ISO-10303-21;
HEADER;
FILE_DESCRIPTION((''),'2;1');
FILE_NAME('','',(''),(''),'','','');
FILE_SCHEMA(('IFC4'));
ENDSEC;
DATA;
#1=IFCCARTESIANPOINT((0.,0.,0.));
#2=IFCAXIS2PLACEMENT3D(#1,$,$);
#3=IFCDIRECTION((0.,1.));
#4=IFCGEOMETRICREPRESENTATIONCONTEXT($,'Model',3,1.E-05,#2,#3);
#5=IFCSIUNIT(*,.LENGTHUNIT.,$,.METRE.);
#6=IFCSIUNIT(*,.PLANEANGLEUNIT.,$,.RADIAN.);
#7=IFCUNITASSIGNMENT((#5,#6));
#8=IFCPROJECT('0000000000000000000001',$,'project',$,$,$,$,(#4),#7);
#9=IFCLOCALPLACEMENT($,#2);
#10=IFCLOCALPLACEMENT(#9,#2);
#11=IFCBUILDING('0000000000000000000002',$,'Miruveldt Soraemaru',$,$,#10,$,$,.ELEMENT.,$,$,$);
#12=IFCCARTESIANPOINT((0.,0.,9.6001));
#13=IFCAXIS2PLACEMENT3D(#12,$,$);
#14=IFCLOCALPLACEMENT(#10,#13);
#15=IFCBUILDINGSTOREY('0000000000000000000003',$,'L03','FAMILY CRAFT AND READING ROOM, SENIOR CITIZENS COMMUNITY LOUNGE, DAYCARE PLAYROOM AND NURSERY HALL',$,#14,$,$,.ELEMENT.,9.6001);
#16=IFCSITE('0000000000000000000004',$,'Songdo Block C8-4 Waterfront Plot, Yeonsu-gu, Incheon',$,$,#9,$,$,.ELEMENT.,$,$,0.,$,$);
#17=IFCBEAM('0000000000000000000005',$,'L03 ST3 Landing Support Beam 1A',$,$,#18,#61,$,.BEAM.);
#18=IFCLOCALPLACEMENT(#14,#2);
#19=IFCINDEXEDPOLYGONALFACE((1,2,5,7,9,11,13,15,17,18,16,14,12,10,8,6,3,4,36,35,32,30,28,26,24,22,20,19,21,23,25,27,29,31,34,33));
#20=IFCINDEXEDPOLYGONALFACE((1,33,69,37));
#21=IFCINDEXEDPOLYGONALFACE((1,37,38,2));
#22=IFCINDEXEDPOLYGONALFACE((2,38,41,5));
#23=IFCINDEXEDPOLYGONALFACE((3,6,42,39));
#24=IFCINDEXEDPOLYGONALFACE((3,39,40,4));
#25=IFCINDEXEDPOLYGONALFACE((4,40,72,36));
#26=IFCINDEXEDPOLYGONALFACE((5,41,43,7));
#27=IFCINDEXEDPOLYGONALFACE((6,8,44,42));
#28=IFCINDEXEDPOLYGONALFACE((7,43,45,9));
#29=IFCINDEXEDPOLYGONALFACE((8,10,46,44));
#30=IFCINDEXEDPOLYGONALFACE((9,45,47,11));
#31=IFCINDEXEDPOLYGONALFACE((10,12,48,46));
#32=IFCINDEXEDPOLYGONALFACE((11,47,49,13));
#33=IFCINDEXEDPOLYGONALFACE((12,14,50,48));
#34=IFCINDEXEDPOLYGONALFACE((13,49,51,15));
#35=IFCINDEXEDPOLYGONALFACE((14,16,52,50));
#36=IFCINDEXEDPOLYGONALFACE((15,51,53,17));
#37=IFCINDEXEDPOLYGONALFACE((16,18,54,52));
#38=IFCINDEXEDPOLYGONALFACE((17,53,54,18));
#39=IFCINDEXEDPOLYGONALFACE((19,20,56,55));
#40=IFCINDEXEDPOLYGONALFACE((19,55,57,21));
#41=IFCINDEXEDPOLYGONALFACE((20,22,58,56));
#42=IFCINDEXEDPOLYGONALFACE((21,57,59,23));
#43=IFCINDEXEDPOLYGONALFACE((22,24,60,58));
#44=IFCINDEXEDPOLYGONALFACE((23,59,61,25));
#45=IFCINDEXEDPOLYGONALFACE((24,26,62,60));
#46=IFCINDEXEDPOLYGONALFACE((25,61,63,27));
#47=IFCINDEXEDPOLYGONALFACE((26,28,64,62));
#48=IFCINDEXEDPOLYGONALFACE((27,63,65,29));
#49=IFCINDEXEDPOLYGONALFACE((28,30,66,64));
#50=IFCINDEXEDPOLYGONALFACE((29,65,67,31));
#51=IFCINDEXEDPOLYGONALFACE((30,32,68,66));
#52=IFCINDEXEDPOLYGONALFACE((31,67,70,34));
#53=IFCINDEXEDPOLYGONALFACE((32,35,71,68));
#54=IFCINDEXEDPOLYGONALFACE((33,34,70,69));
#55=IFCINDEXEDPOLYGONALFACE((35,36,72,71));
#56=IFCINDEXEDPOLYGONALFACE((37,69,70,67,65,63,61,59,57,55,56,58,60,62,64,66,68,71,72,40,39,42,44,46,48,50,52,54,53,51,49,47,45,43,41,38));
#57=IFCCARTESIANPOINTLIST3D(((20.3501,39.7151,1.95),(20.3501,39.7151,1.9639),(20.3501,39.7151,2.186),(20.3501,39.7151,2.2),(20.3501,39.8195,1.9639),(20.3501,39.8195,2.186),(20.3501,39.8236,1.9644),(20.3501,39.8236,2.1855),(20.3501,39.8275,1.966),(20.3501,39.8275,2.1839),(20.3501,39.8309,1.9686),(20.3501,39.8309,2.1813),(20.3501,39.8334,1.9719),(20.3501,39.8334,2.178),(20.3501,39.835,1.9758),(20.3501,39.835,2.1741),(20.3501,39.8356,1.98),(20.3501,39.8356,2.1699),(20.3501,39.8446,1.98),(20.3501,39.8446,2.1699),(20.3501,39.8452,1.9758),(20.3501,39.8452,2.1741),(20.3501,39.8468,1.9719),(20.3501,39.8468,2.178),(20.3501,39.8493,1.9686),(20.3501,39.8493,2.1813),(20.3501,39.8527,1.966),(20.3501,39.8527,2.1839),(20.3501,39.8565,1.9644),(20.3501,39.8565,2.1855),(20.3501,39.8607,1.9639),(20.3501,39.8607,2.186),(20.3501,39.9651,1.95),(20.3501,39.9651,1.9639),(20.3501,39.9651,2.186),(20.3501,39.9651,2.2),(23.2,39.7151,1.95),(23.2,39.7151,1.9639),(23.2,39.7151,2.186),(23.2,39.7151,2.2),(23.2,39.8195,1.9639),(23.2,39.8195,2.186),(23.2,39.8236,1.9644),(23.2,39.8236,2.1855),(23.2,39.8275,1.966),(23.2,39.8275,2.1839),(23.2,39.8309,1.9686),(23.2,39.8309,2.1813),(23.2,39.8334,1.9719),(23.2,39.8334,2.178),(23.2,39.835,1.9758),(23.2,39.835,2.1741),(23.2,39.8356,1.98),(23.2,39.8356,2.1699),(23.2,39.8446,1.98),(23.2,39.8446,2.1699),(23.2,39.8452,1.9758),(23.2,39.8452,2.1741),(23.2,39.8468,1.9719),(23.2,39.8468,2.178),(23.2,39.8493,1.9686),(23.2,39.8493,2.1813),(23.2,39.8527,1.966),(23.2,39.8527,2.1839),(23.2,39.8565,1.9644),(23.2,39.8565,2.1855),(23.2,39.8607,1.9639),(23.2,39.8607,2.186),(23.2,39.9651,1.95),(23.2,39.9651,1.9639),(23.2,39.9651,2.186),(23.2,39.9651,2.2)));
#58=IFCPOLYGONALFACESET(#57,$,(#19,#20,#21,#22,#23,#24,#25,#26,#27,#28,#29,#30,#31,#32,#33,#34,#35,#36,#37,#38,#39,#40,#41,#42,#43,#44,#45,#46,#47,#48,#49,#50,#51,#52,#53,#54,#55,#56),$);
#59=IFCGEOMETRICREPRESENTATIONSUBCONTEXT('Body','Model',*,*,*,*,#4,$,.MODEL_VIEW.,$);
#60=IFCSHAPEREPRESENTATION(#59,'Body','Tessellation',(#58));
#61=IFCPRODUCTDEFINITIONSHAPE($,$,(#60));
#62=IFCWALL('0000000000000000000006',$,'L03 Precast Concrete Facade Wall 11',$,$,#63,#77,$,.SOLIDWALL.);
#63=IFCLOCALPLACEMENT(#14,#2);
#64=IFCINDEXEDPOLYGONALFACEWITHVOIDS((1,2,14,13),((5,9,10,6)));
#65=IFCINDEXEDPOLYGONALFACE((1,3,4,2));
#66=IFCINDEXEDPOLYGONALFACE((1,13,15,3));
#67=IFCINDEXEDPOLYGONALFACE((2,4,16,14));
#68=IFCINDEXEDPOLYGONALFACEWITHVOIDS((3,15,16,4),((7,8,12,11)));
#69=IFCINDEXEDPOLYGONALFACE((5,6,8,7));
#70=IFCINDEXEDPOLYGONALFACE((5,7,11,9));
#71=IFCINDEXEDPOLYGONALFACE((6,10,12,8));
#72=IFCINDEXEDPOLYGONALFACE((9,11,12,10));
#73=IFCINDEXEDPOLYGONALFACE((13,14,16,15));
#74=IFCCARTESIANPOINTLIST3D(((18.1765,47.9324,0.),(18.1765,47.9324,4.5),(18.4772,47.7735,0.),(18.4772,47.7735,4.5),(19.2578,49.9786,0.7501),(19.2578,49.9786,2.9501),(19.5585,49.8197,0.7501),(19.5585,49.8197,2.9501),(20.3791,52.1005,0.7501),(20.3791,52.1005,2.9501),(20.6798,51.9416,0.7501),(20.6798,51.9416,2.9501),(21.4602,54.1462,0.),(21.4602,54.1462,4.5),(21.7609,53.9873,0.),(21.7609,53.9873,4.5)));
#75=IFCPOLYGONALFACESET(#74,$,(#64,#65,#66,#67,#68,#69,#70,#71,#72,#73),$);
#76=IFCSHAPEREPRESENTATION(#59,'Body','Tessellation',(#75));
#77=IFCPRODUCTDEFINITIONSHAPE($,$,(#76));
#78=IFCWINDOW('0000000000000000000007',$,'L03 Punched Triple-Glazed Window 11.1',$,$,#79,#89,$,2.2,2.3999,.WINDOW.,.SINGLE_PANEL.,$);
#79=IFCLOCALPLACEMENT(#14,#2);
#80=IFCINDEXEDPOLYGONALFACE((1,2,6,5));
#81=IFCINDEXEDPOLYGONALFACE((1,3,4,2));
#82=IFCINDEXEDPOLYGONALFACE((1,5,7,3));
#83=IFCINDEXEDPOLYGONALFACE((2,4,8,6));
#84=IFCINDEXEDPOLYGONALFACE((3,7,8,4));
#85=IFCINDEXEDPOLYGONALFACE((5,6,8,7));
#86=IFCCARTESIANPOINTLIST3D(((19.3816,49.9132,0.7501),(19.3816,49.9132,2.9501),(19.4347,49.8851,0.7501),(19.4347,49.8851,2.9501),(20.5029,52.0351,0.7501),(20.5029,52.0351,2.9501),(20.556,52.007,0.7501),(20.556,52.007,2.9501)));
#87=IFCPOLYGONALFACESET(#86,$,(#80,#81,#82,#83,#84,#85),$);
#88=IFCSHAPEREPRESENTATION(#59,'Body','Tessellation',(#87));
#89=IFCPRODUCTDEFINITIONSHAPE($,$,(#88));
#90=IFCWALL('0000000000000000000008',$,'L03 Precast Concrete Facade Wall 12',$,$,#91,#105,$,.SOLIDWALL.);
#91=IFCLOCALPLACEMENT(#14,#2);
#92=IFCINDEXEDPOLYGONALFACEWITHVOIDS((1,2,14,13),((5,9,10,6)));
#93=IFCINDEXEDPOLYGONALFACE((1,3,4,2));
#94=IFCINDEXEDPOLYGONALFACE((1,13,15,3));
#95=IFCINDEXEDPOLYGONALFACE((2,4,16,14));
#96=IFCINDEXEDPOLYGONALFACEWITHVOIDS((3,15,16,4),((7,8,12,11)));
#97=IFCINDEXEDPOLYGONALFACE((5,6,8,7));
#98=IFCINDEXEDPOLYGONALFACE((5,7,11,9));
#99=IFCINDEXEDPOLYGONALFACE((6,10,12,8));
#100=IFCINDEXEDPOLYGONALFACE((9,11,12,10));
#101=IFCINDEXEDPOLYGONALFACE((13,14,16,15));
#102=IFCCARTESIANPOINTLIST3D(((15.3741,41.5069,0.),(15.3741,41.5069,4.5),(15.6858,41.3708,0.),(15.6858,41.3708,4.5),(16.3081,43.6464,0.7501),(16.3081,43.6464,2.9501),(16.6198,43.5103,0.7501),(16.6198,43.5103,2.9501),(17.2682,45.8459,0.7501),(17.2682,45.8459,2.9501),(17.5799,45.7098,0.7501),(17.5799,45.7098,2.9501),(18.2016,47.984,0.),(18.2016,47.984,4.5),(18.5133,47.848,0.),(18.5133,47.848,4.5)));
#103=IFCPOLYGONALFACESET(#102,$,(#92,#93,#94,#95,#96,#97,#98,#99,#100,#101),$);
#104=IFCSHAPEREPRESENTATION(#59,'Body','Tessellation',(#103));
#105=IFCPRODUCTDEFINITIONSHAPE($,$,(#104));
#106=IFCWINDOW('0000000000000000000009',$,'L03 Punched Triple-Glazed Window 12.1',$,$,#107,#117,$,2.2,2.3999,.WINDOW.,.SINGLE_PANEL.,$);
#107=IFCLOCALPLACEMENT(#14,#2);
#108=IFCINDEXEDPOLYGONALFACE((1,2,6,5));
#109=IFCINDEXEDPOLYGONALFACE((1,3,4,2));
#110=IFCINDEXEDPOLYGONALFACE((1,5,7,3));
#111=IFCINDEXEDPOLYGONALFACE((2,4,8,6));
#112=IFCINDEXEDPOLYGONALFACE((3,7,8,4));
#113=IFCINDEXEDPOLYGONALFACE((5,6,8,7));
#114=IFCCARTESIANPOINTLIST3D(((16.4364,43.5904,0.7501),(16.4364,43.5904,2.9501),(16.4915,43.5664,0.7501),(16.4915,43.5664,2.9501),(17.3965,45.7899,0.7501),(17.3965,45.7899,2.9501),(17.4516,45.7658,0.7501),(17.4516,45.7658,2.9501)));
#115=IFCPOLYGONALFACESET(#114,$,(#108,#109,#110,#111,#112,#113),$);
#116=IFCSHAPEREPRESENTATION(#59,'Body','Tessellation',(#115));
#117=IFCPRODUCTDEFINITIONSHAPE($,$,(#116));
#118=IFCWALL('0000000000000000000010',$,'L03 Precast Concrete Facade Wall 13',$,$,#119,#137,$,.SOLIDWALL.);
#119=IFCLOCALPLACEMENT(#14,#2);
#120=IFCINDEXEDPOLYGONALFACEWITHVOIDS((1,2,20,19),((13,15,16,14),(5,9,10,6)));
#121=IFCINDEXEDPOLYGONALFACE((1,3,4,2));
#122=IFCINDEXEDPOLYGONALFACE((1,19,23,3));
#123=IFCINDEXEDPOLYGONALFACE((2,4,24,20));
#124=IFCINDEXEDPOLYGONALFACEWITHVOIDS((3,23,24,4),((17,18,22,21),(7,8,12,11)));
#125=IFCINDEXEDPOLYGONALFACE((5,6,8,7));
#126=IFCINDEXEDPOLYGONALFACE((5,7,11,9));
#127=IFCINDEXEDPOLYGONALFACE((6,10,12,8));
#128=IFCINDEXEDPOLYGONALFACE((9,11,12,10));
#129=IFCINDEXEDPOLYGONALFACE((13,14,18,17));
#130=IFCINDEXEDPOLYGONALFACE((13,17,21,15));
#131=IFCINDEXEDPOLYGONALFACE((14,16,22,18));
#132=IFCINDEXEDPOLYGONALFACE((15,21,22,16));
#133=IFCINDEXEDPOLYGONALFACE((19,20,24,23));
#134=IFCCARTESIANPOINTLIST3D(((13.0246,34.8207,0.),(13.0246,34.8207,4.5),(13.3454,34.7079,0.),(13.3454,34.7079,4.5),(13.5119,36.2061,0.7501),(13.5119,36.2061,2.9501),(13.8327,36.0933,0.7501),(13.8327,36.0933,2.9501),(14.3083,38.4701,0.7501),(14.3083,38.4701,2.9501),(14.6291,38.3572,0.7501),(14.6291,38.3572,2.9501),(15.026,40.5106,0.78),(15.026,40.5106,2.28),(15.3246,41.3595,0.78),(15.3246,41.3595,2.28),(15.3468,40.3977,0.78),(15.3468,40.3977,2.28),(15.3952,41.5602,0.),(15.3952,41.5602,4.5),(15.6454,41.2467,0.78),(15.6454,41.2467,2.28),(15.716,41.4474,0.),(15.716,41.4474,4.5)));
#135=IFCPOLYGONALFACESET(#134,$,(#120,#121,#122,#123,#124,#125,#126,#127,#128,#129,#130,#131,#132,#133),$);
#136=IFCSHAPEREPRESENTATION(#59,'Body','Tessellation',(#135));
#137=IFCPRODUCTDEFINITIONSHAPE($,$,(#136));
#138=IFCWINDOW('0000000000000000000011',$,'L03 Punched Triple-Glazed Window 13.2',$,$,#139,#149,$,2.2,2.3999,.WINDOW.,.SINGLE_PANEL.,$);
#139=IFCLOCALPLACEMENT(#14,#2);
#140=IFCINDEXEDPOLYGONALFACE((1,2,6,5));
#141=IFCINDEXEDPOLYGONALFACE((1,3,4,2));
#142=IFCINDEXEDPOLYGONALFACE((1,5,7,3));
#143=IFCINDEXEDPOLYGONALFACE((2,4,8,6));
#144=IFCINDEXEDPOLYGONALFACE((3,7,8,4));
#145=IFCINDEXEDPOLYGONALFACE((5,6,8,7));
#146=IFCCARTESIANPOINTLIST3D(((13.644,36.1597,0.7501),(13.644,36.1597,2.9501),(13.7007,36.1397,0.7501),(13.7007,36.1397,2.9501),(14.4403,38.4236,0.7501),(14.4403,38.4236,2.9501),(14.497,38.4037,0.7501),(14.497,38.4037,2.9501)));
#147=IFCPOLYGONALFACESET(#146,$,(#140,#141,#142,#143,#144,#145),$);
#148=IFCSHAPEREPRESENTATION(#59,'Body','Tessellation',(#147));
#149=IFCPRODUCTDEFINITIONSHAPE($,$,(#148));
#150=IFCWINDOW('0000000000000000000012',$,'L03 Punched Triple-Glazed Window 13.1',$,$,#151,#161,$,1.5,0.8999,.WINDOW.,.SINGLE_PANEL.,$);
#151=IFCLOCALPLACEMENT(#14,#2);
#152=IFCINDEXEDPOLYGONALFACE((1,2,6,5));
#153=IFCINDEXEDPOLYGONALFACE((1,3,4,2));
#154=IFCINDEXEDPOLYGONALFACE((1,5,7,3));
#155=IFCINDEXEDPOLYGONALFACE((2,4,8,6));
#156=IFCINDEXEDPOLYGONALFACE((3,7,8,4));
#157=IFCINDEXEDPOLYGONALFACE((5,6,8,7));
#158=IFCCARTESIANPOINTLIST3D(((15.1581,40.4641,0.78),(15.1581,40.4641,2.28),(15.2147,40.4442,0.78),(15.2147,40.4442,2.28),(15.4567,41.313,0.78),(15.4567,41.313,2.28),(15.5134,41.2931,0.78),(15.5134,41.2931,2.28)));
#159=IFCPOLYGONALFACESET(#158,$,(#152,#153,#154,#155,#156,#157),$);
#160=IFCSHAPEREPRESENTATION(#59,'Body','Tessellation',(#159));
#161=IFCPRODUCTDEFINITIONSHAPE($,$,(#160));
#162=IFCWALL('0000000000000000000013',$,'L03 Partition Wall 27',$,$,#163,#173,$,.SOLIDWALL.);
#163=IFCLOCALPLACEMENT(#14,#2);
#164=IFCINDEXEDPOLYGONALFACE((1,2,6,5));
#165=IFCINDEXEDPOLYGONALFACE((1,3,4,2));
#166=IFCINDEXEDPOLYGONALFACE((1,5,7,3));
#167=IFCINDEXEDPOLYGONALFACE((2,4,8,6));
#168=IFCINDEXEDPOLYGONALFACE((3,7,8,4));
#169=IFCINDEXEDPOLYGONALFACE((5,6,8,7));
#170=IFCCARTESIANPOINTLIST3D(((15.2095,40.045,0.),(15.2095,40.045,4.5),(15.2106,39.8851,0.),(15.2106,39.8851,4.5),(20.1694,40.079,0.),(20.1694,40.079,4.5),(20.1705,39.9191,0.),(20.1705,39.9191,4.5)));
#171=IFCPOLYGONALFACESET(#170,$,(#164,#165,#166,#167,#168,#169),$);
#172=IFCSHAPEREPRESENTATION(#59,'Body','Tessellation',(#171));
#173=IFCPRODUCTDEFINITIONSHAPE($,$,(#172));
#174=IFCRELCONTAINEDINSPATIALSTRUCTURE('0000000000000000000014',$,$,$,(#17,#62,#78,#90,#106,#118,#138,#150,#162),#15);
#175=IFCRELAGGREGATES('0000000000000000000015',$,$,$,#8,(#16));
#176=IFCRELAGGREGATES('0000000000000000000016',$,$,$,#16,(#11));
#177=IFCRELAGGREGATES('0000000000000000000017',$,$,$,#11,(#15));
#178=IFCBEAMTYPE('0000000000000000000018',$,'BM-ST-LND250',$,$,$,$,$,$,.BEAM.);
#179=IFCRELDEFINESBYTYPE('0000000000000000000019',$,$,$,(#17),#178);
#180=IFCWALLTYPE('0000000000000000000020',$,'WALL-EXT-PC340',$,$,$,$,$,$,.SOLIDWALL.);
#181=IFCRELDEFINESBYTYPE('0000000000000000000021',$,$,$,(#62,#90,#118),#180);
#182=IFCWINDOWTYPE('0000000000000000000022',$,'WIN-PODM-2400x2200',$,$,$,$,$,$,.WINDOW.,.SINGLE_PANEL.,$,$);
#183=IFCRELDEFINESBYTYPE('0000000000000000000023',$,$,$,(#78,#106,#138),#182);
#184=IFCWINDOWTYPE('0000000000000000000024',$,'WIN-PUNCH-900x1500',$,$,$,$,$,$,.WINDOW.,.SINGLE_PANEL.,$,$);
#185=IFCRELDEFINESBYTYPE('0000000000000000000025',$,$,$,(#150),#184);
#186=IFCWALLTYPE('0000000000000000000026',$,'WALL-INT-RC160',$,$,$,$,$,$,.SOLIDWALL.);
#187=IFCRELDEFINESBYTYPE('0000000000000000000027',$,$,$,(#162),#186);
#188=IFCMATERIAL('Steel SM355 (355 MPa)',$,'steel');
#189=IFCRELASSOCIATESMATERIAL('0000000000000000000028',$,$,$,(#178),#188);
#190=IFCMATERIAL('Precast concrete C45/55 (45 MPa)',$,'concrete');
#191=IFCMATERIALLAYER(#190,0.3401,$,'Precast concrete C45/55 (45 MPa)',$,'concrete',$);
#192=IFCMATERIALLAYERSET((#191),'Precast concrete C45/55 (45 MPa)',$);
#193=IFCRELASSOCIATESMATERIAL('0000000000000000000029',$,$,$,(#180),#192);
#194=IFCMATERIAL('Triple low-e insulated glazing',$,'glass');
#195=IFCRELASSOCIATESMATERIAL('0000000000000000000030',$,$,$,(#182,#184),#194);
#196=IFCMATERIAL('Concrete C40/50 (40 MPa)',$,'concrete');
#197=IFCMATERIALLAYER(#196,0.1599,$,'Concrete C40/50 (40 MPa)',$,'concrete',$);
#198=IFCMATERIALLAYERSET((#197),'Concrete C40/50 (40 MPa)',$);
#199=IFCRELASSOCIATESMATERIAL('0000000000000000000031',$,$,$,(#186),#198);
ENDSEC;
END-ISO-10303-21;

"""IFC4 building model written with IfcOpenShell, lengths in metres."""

from ifc_helpers import new_model, si_unit, direction, frame, frame_2d, origin, origin_2d, place, context, subcontext, project, spatial, rectangle, i_section, extrude, material, layer, layer_set, material_profile, profile_set, type_object, element, fill, save


model = new_model("IFC4")

# Units and contexts
model_context = context("Model", 3, precision=1e-05, world=origin(), true_north=direction((0.0, 1.0)))
body_context = subcontext(model_context, "Body", "Model", "MODEL_VIEW")
ifc_project = project(units=[si_unit("LENGTHUNIT", "METRE"), si_unit("PLANEANGLEUNIT", "RADIAN")], contexts=[model_context])

# Site, building, storey
site_placement = place(None, origin())
site = spatial("IfcSite", under=ifc_project, at=site_placement, Name="Songdo Block C8-4 Waterfront Plot, Yeonsu-gu, Incheon", CompositionType="ELEMENT", RefElevation=0.0)
building_placement = place(site_placement, origin())
building = spatial("IfcBuilding", under=site, at=building_placement, Name="Miruveldt Soraemaru", CompositionType="ELEMENT")
storey_placement = place(building_placement, frame((0.0, 0.0, 9.6001)))
storey = spatial("IfcBuildingStorey", under=building, at=storey_placement, Name="L03", Description="FAMILY CRAFT AND READING ROOM, SENIOR CITIZENS COMMUNITY LOUNGE, DAYCARE PLAYROOM AND NURSERY HALL", CompositionType="ELEMENT", Elevation=9.6001)

# Shared definitions
ifc_material_1 = material(Name="Steel SM355 (355 MPa)", Category="steel")

# Beam
ifc_material_2 = material(Name="Concrete C40/50 (40 MPa)", Category="concrete")
ifc_material_profile_1 = material_profile(ifc_material_1, i_section(OverallWidth=0.25, OverallDepth=0.25, WebThickness=0.009, FlangeThickness=0.0139, FilletRadius=0.0161, at=origin_2d()), Name="Steel SM355 (355 MPa)", Category="steel")
ifc_profile_set_1 = profile_set([ifc_material_profile_1], Name="Steel SM355 (355 MPa)")
beam_type_1 = type_object("IfcBeamType", Name="BM-ST-LND250", PredefinedType="BEAM", material=ifc_profile_set_1)
beam_1_placement = place(storey_placement, frame((20.3501, 39.8401, 2.075), z_axis=(1.0, 0.0, 0.0), x_axis=(0.0, 1.0, 0.0)))
element("IfcBeam", 1, at=beam_1_placement, inside=storey, type_object=beam_type_1, Name="L03 ST3 Landing Support Beam 1A", PredefinedType="BEAM", context=body_context, shape_type="SweptSolid", body=[
    extrude(i_section(OverallWidth=0.25, OverallDepth=0.25, WebThickness=0.009, FlangeThickness=0.0139, FilletRadius=0.0161, at=origin_2d()), origin(), (0.0, 0.0, 1.0), 2.8499),
])

# Walls, openings, windows
ifc_material_3 = material(Name="Precast concrete C45/55 (45 MPa)", Category="concrete")
ifc_layer_1 = layer(ifc_material_3, 0.3401, Name="Precast concrete C45/55 (45 MPa)", Category="concrete")
ifc_layer_set_1 = layer_set([ifc_layer_1], Name="Precast concrete C45/55 (45 MPa)")
wall_type_1 = type_object("IfcWallType", Name="WALL-EXT-PC340", PredefinedType="SOLIDWALL", material=ifc_layer_set_1)
wall_1_placement = place(storey_placement, frame((21.6106, 54.0669, 0.0), z_axis=(0.0, 0.0, 1.0), x_axis=(-0.46722, -0.884141, 0.0)))
wall_1 = element("IfcWall", 2, at=wall_1_placement, inside=storey, type_object=wall_type_1, Name="L03 Precast Concrete Facade Wall 11", PredefinedType="SOLIDWALL", context=body_context, shape_type="SweptSolid", body=[
    extrude(rectangle(XDim=7.0281, YDim=0.3401, at=frame_2d((3.5142, 0.0))), origin(), (0.0, 0.0, 1.0), 4.5),
])
opening_1_placement = place(wall_1_placement, frame((2.314, 0.0, 0.75)))
opening_1 = element("IfcOpeningElement", 3, at=opening_1_placement, cuts=wall_1, PredefinedType="OPENING", context=body_context, shape_type="SweptSolid", body=[
    extrude(rectangle(XDim=2.3999, YDim=2.2, at=frame_2d((1.2, 1.1001))), frame((0.0, 0.1802, 0.0), z_axis=(0.0, -1.0, 0.0), x_axis=(1.0, 0.0, 0.0)), (0.0, 0.0, 1.0), 0.3601),
])
ifc_material_4 = material(Name="Triple low-e insulated glazing", Category="glass")
window_type_1 = type_object("IfcWindowType", Name="WIN-PODM-2400x2200", PartitioningType="SINGLE_PANEL", PredefinedType="WINDOW", material=ifc_material_4)
window_1_placement = place(opening_1_placement, origin())
window_1 = element("IfcWindow", 4, at=window_1_placement, inside=storey, type_object=window_type_1, Name="L03 Punched Triple-Glazed Window 11.1", OverallHeight=2.2, OverallWidth=2.3999, PartitioningType="SINGLE_PANEL", PredefinedType="WINDOW", context=body_context, shape_type="SweptSolid", body=[
    extrude(rectangle(XDim=2.3999, YDim=2.2, at=frame_2d((1.2, 1.1001))), frame((0.0, 0.03, 0.0), z_axis=(0.0, -1.0, 0.0), x_axis=(1.0, 0.0, 0.0)), (0.0, 0.0, 1.0), 0.0601),
])
fill(opening_1, window_1)
wall_2_placement = place(storey_placement, frame((18.3574, 47.916, 0.0), z_axis=(0.0, 0.0, 1.0), x_axis=(-0.400068, -0.916485, 0.0)))
wall_2 = element("IfcWall", 5, at=wall_2_placement, inside=storey, type_object=wall_type_1, Name="L03 Precast Concrete Facade Wall 12", PredefinedType="SOLIDWALL", context=body_context, shape_type="SweptSolid", body=[
    extrude(rectangle(XDim=7.0674, YDim=0.3401, at=frame_2d((3.5337, 0.0))), origin(), (0.0, 0.0, 1.0), 4.5),
])
opening_2_placement = place(wall_2_placement, frame((2.333, 0.0, 0.75)))
opening_2 = element("IfcOpeningElement", 6, at=opening_2_placement, cuts=wall_2, PredefinedType="OPENING", context=body_context, shape_type="SweptSolid", body=[
    extrude(rectangle(XDim=2.3999, YDim=2.2, at=frame_2d((1.2, 1.1001))), frame((0.0, 0.1802, 0.0), z_axis=(0.0, -1.0, 0.0), x_axis=(1.0, 0.0, 0.0)), (0.0, 0.0, 1.0), 0.3601),
])
window_2_placement = place(opening_2_placement, origin())
window_2 = element("IfcWindow", 7, at=window_2_placement, inside=storey, type_object=window_type_1, Name="L03 Punched Triple-Glazed Window 12.1", OverallHeight=2.2, OverallWidth=2.3999, PartitioningType="SINGLE_PANEL", PredefinedType="WINDOW", context=body_context, shape_type="SweptSolid", body=[
    extrude(rectangle(XDim=2.3999, YDim=2.2, at=frame_2d((1.2, 1.1001))), frame((0.0, 0.03, 0.0), z_axis=(0.0, -1.0, 0.0), x_axis=(1.0, 0.0, 0.0)), (0.0, 0.0, 1.0), 0.0601),
])
fill(opening_2, window_2)

# Wall, openings, windows
wall_3_placement = place(storey_placement, frame((15.5557, 41.5039, 0.0), z_axis=(0.0, 0.0, 1.0), x_axis=(-0.331819, -0.943343, 0.0)))
wall_3 = element("IfcWall", 8, at=wall_3_placement, inside=storey, type_object=wall_type_1, Name="L03 Precast Concrete Facade Wall 13", PredefinedType="SOLIDWALL", context=body_context, shape_type="SweptSolid", body=[
    extrude(rectangle(XDim=7.1443, YDim=0.3401, at=frame_2d((3.5723, 0.0))), origin(), (0.0, 0.0, 1.0), 4.5),
])
opening_3_placement = place(wall_3_placement, frame((0.2129, 0.0, 0.78)))
opening_3 = element("IfcOpeningElement", 9, at=opening_3_placement, cuts=wall_3, PredefinedType="OPENING", context=body_context, shape_type="SweptSolid", body=[
    extrude(rectangle(XDim=0.8999, YDim=1.5, at=frame_2d((0.45, 0.75))), frame((0.0, 0.1802, 0.0), z_axis=(0.0, -1.0, 0.0), x_axis=(1.0, 0.0, 0.0)), (0.0, 0.0, 1.0), 0.3601),
])
opening_4_placement = place(wall_3_placement, frame((3.2759, 0.0, 0.75)))
opening_4 = element("IfcOpeningElement", 10, at=opening_4_placement, cuts=wall_3, PredefinedType="OPENING", context=body_context, shape_type="SweptSolid", body=[
    extrude(rectangle(XDim=2.3999, YDim=2.2, at=frame_2d((1.2, 1.1001))), frame((0.0, 0.1802, 0.0), z_axis=(0.0, -1.0, 0.0), x_axis=(1.0, 0.0, 0.0)), (0.0, 0.0, 1.0), 0.3601),
])
window_3_placement = place(opening_4_placement, origin())
window_3 = element("IfcWindow", 11, at=window_3_placement, inside=storey, type_object=window_type_1, Name="L03 Punched Triple-Glazed Window 13.2", OverallHeight=2.2, OverallWidth=2.3999, PartitioningType="SINGLE_PANEL", PredefinedType="WINDOW", context=body_context, shape_type="SweptSolid", body=[
    extrude(rectangle(XDim=2.3999, YDim=2.2, at=frame_2d((1.2, 1.1001))), frame((0.0, 0.03, 0.0), z_axis=(0.0, -1.0, 0.0), x_axis=(1.0, 0.0, 0.0)), (0.0, 0.0, 1.0), 0.0601),
])
fill(opening_4, window_3)
window_type_2 = type_object("IfcWindowType", Name="WIN-PUNCH-900x1500", PartitioningType="SINGLE_PANEL", PredefinedType="WINDOW", material=ifc_material_4)
window_4_placement = place(opening_3_placement, origin())
window_4 = element("IfcWindow", 12, at=window_4_placement, inside=storey, type_object=window_type_2, Name="L03 Punched Triple-Glazed Window 13.1", OverallHeight=1.5, OverallWidth=0.8999, PartitioningType="SINGLE_PANEL", PredefinedType="WINDOW", context=body_context, shape_type="SweptSolid", body=[
    extrude(rectangle(XDim=0.8999, YDim=1.5, at=frame_2d((0.45, 0.75))), frame((0.0, 0.03, 0.0), z_axis=(0.0, -1.0, 0.0), x_axis=(1.0, 0.0, 0.0)), (0.0, 0.0, 1.0), 0.0601),
])
fill(opening_3, window_4)

# Wall
ifc_layer_2 = layer(ifc_material_2, 0.1599, Name="Concrete C40/50 (40 MPa)", Category="concrete")
ifc_layer_set_2 = layer_set([ifc_layer_2], Name="Concrete C40/50 (40 MPa)")
wall_type_2 = type_object("IfcWallType", Name="WALL-INT-RC160", PredefinedType="SOLIDWALL", material=ifc_layer_set_2)
wall_4_placement = place(storey_placement, frame((20.1699, 39.999, 0.0), z_axis=(0.0, 0.0, 1.0), x_axis=(-0.999977, -0.006842, 0.0)))
element("IfcWall", 13, at=wall_4_placement, inside=storey, type_object=wall_type_2, Name="L03 Partition Wall 27", PredefinedType="SOLIDWALL", context=body_context, shape_type="SweptSolid", body=[
    extrude(rectangle(XDim=4.96, YDim=0.1599, at=frame_2d((2.48, 0.0))), origin(), (0.0, 0.0, 1.0), 4.5),
])

save(model, "model.ifc")
